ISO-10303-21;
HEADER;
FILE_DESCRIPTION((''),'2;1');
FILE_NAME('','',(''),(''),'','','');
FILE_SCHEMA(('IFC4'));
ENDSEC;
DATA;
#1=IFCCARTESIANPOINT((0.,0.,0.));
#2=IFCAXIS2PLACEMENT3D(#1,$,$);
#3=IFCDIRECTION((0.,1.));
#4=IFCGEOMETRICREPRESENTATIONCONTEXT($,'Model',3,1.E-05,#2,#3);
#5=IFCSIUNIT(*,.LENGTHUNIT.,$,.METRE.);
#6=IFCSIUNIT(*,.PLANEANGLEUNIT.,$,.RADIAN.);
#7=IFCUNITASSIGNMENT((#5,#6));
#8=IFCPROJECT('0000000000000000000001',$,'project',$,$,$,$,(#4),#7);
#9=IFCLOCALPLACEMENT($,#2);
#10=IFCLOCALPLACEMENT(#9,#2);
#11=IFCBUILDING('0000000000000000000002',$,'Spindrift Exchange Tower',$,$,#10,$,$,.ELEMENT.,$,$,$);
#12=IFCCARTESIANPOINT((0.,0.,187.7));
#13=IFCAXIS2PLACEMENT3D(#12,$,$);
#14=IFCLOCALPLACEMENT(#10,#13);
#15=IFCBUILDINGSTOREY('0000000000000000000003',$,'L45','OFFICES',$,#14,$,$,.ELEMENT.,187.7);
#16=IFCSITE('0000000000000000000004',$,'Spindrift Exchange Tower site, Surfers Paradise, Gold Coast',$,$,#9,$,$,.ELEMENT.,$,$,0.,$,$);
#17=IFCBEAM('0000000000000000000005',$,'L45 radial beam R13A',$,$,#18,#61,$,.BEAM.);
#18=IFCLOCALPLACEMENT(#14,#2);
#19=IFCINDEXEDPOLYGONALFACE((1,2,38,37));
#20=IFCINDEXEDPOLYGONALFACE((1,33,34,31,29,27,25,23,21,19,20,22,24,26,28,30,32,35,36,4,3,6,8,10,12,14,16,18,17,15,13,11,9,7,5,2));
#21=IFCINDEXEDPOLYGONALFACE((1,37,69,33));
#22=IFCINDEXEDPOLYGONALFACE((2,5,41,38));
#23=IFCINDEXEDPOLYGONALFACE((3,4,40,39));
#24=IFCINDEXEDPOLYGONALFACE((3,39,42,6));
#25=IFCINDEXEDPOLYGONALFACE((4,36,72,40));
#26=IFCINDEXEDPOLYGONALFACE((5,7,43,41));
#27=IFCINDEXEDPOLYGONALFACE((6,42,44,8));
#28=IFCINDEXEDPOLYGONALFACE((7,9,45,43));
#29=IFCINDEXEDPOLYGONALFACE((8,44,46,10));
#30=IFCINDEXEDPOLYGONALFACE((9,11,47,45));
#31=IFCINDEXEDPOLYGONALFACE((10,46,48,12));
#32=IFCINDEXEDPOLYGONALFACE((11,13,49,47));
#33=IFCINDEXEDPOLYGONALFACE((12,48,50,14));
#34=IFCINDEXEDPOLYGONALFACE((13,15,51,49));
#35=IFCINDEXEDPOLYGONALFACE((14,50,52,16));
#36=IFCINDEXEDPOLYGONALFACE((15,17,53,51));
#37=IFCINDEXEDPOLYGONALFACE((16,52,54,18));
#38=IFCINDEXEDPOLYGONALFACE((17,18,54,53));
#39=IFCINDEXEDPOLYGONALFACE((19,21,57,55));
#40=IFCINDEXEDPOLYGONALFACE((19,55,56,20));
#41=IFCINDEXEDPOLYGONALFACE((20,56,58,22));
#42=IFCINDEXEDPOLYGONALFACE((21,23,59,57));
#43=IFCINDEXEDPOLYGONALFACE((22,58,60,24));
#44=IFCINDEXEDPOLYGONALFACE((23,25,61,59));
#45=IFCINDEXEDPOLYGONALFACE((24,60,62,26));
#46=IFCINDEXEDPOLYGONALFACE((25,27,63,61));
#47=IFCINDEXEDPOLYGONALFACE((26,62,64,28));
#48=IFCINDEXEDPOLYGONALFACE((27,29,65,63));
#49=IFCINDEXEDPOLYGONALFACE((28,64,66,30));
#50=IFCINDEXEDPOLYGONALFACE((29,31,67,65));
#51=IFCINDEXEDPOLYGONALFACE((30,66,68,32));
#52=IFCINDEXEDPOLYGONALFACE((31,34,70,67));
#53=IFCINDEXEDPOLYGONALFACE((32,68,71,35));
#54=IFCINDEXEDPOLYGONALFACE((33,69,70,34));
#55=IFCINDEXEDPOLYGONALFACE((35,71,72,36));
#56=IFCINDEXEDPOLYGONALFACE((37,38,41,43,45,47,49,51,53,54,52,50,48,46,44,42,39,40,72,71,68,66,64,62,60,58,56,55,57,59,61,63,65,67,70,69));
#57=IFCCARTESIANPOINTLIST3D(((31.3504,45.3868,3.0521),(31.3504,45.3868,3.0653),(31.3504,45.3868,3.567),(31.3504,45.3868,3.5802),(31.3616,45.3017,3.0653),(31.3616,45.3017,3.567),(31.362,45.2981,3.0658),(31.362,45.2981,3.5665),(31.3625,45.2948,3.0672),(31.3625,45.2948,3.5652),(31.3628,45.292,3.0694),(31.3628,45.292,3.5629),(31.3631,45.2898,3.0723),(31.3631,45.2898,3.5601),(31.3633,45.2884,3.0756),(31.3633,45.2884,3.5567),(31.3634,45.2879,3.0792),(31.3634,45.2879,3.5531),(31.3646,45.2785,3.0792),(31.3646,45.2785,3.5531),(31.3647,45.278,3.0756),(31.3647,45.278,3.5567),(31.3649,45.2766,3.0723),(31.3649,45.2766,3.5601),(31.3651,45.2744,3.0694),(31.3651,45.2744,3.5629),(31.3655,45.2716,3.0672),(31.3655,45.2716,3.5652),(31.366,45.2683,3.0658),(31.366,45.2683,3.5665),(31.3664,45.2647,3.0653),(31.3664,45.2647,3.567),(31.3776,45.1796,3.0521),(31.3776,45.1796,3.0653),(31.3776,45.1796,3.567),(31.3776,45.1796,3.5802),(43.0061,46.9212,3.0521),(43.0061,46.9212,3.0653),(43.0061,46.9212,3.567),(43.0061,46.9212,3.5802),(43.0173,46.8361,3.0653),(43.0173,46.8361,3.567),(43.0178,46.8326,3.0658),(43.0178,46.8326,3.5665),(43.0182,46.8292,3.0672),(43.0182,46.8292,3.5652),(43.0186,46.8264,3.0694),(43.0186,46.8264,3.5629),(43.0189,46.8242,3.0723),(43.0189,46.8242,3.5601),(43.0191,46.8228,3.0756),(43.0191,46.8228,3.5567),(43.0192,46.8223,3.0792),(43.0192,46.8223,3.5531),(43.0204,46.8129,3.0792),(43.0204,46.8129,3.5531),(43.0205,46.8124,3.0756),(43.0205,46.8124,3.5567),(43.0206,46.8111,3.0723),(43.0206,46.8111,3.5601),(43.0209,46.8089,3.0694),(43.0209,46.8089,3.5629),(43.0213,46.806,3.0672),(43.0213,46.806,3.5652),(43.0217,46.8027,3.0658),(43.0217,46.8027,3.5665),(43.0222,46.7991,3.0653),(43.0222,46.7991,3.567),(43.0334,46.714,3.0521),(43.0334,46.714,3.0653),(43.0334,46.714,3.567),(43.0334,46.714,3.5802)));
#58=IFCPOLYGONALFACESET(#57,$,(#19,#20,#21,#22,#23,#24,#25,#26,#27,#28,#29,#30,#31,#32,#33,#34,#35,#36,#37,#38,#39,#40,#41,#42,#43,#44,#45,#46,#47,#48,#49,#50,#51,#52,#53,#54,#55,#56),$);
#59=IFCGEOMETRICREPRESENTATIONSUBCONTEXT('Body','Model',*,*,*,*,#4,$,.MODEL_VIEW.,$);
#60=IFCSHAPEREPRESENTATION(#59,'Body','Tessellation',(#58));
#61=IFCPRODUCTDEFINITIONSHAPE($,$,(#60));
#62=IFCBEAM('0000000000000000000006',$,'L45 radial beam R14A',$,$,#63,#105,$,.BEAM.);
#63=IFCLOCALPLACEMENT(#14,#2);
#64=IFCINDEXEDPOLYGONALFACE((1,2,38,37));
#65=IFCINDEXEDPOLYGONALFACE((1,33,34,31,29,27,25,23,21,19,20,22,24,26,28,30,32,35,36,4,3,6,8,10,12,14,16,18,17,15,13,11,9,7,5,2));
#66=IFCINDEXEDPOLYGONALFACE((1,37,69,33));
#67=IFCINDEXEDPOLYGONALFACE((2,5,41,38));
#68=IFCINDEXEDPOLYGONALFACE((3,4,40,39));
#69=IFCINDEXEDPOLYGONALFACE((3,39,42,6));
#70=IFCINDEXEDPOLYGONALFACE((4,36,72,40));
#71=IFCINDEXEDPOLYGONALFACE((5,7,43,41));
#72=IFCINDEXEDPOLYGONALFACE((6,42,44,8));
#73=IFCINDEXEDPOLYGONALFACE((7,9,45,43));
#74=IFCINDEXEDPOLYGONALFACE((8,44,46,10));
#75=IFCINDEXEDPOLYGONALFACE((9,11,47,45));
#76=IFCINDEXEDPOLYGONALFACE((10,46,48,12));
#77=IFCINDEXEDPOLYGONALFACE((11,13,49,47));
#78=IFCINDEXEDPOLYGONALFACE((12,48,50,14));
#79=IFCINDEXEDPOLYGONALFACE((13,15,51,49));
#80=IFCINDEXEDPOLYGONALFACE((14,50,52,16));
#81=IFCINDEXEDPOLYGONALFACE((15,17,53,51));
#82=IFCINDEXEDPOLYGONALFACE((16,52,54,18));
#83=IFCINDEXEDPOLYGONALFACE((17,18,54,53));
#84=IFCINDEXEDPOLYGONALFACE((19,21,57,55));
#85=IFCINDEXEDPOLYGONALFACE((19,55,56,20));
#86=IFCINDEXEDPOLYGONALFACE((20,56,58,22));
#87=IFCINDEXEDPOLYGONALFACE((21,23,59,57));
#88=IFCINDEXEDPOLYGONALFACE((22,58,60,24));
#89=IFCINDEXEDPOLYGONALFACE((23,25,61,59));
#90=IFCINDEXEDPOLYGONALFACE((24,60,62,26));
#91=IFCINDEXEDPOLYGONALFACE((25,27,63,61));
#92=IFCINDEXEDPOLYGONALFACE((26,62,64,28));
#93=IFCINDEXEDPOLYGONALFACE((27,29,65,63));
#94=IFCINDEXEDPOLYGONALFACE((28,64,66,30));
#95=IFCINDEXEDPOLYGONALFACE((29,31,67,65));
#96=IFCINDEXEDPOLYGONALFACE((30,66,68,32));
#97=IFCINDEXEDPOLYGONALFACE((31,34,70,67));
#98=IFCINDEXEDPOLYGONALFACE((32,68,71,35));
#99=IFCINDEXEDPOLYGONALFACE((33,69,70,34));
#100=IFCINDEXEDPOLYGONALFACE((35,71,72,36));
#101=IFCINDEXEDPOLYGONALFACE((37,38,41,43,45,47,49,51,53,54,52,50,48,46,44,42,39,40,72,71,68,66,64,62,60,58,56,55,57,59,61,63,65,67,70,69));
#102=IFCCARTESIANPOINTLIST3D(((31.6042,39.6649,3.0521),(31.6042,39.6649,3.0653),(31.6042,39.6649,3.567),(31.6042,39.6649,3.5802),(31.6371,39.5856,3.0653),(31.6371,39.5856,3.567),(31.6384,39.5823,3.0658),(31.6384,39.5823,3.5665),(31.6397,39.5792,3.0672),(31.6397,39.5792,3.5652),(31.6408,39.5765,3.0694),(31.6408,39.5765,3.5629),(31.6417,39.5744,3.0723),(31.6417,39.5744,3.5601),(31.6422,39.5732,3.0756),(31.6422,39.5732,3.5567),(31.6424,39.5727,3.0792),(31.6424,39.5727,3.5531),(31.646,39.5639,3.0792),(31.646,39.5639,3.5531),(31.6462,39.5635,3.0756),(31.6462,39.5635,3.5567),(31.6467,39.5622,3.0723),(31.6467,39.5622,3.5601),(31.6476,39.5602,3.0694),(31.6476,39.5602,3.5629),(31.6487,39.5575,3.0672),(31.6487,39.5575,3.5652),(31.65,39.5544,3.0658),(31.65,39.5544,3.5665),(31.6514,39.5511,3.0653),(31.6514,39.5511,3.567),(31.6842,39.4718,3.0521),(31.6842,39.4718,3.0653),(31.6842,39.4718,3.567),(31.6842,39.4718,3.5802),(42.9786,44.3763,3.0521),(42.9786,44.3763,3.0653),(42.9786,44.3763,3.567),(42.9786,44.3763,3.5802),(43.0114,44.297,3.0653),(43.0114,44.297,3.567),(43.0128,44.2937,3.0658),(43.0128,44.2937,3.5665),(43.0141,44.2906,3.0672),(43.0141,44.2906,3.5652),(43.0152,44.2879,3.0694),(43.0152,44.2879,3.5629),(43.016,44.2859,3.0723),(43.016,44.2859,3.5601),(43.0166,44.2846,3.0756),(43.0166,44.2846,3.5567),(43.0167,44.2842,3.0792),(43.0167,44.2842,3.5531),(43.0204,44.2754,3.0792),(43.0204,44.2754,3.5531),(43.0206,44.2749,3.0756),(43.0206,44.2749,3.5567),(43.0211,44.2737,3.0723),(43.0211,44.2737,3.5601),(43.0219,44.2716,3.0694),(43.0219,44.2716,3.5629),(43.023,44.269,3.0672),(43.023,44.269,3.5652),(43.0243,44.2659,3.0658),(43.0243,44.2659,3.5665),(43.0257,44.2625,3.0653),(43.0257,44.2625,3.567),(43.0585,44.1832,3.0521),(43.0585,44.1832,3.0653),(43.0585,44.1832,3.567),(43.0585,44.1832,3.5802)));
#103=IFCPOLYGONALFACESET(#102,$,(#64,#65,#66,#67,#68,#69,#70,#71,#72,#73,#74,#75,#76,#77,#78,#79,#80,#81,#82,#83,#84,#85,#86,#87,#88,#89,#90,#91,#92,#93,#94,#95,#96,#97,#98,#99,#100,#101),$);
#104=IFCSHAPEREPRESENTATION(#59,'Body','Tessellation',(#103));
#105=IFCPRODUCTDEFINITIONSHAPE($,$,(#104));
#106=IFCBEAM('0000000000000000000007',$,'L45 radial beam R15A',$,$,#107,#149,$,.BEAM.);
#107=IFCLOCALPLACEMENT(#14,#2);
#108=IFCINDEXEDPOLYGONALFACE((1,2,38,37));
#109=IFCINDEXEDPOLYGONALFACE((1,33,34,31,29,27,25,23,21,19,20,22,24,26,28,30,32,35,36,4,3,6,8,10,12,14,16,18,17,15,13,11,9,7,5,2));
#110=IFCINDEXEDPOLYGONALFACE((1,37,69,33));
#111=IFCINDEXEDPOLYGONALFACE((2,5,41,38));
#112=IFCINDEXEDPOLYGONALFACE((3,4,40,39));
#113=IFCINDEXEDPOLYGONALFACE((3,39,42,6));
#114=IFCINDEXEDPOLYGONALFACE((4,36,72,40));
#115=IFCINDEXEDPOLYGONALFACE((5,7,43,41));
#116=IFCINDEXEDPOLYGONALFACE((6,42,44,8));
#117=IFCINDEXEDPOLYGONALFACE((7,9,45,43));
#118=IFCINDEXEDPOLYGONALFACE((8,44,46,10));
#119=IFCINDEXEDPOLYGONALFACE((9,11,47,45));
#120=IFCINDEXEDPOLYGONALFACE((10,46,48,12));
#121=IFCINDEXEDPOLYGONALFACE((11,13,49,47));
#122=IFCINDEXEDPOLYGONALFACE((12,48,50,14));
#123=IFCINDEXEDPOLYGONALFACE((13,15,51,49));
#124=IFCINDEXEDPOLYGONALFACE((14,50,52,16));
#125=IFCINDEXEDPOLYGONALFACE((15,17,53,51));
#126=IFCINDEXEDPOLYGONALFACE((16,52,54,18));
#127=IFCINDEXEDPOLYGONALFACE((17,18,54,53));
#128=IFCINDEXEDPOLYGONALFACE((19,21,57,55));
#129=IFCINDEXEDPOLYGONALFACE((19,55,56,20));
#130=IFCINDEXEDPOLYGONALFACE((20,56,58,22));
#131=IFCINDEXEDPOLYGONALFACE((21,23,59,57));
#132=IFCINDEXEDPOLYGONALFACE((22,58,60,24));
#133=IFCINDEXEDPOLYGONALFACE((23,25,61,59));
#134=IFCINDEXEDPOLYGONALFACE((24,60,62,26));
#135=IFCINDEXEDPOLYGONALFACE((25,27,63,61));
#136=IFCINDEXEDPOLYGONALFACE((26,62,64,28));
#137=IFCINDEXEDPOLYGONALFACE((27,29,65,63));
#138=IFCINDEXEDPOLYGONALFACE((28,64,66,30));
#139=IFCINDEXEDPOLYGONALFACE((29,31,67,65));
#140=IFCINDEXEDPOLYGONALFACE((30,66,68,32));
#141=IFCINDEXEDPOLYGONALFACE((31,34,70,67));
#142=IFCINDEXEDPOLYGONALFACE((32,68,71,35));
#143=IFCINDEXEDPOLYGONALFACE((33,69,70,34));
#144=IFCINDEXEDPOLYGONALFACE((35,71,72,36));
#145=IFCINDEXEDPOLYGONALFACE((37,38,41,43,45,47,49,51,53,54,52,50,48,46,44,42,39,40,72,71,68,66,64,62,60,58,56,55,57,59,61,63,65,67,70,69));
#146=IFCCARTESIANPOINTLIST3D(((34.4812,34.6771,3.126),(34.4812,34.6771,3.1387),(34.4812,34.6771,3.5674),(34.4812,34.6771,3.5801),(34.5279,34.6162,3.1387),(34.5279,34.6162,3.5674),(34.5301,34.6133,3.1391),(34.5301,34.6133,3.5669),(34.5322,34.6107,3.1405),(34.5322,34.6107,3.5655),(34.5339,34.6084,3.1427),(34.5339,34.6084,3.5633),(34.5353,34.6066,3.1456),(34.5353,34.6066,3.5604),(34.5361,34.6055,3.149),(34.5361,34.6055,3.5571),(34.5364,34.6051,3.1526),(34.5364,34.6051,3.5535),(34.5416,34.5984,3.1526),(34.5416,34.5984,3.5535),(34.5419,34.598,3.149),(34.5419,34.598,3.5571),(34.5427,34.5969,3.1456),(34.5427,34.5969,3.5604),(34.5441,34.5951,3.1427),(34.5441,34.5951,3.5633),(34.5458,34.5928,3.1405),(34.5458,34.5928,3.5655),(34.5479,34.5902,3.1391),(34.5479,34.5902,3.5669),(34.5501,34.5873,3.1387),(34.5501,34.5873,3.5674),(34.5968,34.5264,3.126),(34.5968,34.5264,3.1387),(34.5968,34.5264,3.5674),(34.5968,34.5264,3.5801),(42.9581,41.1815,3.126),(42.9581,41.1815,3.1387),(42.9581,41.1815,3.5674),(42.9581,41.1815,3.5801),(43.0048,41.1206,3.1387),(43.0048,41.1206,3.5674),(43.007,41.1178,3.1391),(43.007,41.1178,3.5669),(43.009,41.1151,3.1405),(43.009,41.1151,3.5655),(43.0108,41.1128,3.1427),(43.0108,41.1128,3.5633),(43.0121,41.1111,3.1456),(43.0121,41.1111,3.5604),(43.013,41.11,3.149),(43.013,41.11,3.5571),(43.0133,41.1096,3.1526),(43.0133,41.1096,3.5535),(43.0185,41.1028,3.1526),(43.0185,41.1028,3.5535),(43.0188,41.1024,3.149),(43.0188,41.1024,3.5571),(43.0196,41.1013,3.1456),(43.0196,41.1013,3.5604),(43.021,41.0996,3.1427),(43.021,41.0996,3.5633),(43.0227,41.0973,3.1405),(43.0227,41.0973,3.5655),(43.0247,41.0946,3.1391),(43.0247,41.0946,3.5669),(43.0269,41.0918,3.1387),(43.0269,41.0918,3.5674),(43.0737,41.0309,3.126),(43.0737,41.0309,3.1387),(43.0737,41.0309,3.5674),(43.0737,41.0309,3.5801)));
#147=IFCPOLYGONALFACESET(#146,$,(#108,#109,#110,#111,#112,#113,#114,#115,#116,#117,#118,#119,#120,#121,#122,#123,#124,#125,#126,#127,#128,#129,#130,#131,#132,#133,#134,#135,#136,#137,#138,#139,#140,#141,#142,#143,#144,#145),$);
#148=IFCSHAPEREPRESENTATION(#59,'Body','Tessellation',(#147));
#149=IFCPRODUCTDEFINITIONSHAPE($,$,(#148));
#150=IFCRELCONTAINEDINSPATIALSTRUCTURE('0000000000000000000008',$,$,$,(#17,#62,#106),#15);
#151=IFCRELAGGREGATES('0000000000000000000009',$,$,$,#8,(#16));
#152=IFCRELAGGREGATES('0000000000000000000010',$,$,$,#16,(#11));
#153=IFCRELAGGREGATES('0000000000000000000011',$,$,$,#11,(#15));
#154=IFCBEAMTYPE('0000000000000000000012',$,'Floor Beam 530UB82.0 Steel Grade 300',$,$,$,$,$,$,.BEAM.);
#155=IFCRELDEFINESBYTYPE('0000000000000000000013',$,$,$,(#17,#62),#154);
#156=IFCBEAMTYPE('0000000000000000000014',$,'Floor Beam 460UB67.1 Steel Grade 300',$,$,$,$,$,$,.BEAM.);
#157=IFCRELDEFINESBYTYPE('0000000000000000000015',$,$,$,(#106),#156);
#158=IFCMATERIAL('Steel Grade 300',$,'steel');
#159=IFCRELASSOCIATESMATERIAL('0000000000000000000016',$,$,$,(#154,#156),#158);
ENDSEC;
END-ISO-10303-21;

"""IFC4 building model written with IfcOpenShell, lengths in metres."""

from ifc_helpers import new_model, si_unit, direction, frame, origin, origin_2d, place, context, subcontext, project, spatial, i_section, extrude, source, transform, mapped, material, material_profile, profile_set, type_object, element, save


model = new_model("IFC4")

# Units and contexts
model_context = context("Model", 3, precision=1e-05, world=origin(), true_north=direction((0.0, 1.0)))
body_context = subcontext(model_context, "Body", "Model", "MODEL_VIEW")
ifc_project = project(units=[si_unit("LENGTHUNIT", "METRE"), si_unit("PLANEANGLEUNIT", "RADIAN")], contexts=[model_context])

# Site, building, storey
site_placement = place(None, origin())
site = spatial("IfcSite", under=ifc_project, at=site_placement, Name="Spindrift Exchange Tower site, Surfers Paradise, Gold Coast", CompositionType="ELEMENT", RefElevation=0.0)
building_placement = place(site_placement, origin())
building = spatial("IfcBuilding", under=site, at=building_placement, Name="Spindrift Exchange Tower", CompositionType="ELEMENT")
storey_placement = place(building_placement, frame((0.0, 0.0, 187.7)))
storey = spatial("IfcBuildingStorey", under=building, at=storey_placement, Name="L45", Description="OFFICES", CompositionType="ELEMENT", Elevation=187.7)

# Beams
ifc_material_1 = material(Name="Steel Grade 300", Category="steel")
ifc_material_profile_1 = material_profile(ifc_material_1, i_section(OverallWidth=0.209, OverallDepth=0.5281, WebThickness=0.0095, FlangeThickness=0.0132, FilletRadius=0.0139, at=origin_2d()), Name="530UB82.0")
ifc_profile_set_1 = profile_set([ifc_material_profile_1], Name="Steel Grade 300")
beam_type_1 = type_object("IfcBeamType", Name="Floor Beam 530UB82.0 Steel Grade 300", PredefinedType="BEAM", material=ifc_profile_set_1)
shared_shape_1 = source(origin(), body_context, "Body", "SweptSolid", [
    extrude(i_section(OverallWidth=0.209, OverallDepth=0.5281, WebThickness=0.0095, FlangeThickness=0.0132, FilletRadius=0.0139, at=origin_2d()), origin(), (0.0, 0.0, 1.0), 11.7563),
])
beam_1_placement = place(storey_placement, frame((43.0198, 46.8176, 3.3162), z_axis=(-0.991446, -0.130519, 0.0), x_axis=(0.130519, -0.991446, 0.0)))
element("IfcBeam", 1, at=beam_1_placement, inside=storey, type_object=beam_type_1, Name="L45 radial beam R13A", PredefinedType="BEAM", context=body_context, shape_type="MappedRepresentation", body=[
    mapped(shared_shape_1, transform((0.0, 0.0, 0.0), scale=1.0)),
])
shared_shape_2 = source(origin(), body_context, "Body", "SweptSolid", [
    extrude(i_section(OverallWidth=0.209, OverallDepth=0.5281, WebThickness=0.0095, FlangeThickness=0.0132, FilletRadius=0.0139, at=origin_2d()), origin(), (0.0, 0.0, 1.0), 12.3115),
])
beam_2_placement = place(storey_placement, frame((43.0186, 44.2798, 3.3162), z_axis=(-0.923878, -0.382687, 0.0), x_axis=(0.382687, -0.923878, 0.0)))
element("IfcBeam", 2, at=beam_2_placement, inside=storey, type_object=beam_type_1, Name="L45 radial beam R14A", PredefinedType="BEAM", context=body_context, shape_type="MappedRepresentation", body=[
    mapped(shared_shape_2, transform((0.0, 0.0, 0.0), scale=1.0)),
])
ifc_material_profile_2 = material_profile(ifc_material_1, i_section(OverallWidth=0.1899, OverallDepth=0.4541, WebThickness=0.0085, FlangeThickness=0.0127, FilletRadius=0.0139, at=origin_2d()), Name="460UB67.1")
ifc_profile_set_2 = profile_set([ifc_material_profile_2], Name="Steel Grade 300")
beam_type_2 = type_object("IfcBeamType", Name="Floor Beam 460UB67.1 Steel Grade 300", PredefinedType="BEAM", material=ifc_profile_set_2)
shared_shape_3 = source(origin(), body_context, "Body", "SweptSolid", [
    extrude(i_section(OverallWidth=0.1899, OverallDepth=0.4541, WebThickness=0.0085, FlangeThickness=0.0127, FilletRadius=0.0139, at=origin_2d()), origin(), (0.0, 0.0, 1.0), 10.6848),
])
beam_3_placement = place(storey_placement, frame((43.0159, 41.1062, 3.353), z_axis=(-0.793357, -0.608756, 0.0), x_axis=(0.608756, -0.793357, 0.0)))
element("IfcBeam", 3, at=beam_3_placement, inside=storey, type_object=beam_type_2, Name="L45 radial beam R15A", PredefinedType="BEAM", context=body_context, shape_type="MappedRepresentation", body=[
    mapped(shared_shape_3, transform((0.0, 0.0, 0.0), scale=1.0)),
])

save(model, "model.ifc")
